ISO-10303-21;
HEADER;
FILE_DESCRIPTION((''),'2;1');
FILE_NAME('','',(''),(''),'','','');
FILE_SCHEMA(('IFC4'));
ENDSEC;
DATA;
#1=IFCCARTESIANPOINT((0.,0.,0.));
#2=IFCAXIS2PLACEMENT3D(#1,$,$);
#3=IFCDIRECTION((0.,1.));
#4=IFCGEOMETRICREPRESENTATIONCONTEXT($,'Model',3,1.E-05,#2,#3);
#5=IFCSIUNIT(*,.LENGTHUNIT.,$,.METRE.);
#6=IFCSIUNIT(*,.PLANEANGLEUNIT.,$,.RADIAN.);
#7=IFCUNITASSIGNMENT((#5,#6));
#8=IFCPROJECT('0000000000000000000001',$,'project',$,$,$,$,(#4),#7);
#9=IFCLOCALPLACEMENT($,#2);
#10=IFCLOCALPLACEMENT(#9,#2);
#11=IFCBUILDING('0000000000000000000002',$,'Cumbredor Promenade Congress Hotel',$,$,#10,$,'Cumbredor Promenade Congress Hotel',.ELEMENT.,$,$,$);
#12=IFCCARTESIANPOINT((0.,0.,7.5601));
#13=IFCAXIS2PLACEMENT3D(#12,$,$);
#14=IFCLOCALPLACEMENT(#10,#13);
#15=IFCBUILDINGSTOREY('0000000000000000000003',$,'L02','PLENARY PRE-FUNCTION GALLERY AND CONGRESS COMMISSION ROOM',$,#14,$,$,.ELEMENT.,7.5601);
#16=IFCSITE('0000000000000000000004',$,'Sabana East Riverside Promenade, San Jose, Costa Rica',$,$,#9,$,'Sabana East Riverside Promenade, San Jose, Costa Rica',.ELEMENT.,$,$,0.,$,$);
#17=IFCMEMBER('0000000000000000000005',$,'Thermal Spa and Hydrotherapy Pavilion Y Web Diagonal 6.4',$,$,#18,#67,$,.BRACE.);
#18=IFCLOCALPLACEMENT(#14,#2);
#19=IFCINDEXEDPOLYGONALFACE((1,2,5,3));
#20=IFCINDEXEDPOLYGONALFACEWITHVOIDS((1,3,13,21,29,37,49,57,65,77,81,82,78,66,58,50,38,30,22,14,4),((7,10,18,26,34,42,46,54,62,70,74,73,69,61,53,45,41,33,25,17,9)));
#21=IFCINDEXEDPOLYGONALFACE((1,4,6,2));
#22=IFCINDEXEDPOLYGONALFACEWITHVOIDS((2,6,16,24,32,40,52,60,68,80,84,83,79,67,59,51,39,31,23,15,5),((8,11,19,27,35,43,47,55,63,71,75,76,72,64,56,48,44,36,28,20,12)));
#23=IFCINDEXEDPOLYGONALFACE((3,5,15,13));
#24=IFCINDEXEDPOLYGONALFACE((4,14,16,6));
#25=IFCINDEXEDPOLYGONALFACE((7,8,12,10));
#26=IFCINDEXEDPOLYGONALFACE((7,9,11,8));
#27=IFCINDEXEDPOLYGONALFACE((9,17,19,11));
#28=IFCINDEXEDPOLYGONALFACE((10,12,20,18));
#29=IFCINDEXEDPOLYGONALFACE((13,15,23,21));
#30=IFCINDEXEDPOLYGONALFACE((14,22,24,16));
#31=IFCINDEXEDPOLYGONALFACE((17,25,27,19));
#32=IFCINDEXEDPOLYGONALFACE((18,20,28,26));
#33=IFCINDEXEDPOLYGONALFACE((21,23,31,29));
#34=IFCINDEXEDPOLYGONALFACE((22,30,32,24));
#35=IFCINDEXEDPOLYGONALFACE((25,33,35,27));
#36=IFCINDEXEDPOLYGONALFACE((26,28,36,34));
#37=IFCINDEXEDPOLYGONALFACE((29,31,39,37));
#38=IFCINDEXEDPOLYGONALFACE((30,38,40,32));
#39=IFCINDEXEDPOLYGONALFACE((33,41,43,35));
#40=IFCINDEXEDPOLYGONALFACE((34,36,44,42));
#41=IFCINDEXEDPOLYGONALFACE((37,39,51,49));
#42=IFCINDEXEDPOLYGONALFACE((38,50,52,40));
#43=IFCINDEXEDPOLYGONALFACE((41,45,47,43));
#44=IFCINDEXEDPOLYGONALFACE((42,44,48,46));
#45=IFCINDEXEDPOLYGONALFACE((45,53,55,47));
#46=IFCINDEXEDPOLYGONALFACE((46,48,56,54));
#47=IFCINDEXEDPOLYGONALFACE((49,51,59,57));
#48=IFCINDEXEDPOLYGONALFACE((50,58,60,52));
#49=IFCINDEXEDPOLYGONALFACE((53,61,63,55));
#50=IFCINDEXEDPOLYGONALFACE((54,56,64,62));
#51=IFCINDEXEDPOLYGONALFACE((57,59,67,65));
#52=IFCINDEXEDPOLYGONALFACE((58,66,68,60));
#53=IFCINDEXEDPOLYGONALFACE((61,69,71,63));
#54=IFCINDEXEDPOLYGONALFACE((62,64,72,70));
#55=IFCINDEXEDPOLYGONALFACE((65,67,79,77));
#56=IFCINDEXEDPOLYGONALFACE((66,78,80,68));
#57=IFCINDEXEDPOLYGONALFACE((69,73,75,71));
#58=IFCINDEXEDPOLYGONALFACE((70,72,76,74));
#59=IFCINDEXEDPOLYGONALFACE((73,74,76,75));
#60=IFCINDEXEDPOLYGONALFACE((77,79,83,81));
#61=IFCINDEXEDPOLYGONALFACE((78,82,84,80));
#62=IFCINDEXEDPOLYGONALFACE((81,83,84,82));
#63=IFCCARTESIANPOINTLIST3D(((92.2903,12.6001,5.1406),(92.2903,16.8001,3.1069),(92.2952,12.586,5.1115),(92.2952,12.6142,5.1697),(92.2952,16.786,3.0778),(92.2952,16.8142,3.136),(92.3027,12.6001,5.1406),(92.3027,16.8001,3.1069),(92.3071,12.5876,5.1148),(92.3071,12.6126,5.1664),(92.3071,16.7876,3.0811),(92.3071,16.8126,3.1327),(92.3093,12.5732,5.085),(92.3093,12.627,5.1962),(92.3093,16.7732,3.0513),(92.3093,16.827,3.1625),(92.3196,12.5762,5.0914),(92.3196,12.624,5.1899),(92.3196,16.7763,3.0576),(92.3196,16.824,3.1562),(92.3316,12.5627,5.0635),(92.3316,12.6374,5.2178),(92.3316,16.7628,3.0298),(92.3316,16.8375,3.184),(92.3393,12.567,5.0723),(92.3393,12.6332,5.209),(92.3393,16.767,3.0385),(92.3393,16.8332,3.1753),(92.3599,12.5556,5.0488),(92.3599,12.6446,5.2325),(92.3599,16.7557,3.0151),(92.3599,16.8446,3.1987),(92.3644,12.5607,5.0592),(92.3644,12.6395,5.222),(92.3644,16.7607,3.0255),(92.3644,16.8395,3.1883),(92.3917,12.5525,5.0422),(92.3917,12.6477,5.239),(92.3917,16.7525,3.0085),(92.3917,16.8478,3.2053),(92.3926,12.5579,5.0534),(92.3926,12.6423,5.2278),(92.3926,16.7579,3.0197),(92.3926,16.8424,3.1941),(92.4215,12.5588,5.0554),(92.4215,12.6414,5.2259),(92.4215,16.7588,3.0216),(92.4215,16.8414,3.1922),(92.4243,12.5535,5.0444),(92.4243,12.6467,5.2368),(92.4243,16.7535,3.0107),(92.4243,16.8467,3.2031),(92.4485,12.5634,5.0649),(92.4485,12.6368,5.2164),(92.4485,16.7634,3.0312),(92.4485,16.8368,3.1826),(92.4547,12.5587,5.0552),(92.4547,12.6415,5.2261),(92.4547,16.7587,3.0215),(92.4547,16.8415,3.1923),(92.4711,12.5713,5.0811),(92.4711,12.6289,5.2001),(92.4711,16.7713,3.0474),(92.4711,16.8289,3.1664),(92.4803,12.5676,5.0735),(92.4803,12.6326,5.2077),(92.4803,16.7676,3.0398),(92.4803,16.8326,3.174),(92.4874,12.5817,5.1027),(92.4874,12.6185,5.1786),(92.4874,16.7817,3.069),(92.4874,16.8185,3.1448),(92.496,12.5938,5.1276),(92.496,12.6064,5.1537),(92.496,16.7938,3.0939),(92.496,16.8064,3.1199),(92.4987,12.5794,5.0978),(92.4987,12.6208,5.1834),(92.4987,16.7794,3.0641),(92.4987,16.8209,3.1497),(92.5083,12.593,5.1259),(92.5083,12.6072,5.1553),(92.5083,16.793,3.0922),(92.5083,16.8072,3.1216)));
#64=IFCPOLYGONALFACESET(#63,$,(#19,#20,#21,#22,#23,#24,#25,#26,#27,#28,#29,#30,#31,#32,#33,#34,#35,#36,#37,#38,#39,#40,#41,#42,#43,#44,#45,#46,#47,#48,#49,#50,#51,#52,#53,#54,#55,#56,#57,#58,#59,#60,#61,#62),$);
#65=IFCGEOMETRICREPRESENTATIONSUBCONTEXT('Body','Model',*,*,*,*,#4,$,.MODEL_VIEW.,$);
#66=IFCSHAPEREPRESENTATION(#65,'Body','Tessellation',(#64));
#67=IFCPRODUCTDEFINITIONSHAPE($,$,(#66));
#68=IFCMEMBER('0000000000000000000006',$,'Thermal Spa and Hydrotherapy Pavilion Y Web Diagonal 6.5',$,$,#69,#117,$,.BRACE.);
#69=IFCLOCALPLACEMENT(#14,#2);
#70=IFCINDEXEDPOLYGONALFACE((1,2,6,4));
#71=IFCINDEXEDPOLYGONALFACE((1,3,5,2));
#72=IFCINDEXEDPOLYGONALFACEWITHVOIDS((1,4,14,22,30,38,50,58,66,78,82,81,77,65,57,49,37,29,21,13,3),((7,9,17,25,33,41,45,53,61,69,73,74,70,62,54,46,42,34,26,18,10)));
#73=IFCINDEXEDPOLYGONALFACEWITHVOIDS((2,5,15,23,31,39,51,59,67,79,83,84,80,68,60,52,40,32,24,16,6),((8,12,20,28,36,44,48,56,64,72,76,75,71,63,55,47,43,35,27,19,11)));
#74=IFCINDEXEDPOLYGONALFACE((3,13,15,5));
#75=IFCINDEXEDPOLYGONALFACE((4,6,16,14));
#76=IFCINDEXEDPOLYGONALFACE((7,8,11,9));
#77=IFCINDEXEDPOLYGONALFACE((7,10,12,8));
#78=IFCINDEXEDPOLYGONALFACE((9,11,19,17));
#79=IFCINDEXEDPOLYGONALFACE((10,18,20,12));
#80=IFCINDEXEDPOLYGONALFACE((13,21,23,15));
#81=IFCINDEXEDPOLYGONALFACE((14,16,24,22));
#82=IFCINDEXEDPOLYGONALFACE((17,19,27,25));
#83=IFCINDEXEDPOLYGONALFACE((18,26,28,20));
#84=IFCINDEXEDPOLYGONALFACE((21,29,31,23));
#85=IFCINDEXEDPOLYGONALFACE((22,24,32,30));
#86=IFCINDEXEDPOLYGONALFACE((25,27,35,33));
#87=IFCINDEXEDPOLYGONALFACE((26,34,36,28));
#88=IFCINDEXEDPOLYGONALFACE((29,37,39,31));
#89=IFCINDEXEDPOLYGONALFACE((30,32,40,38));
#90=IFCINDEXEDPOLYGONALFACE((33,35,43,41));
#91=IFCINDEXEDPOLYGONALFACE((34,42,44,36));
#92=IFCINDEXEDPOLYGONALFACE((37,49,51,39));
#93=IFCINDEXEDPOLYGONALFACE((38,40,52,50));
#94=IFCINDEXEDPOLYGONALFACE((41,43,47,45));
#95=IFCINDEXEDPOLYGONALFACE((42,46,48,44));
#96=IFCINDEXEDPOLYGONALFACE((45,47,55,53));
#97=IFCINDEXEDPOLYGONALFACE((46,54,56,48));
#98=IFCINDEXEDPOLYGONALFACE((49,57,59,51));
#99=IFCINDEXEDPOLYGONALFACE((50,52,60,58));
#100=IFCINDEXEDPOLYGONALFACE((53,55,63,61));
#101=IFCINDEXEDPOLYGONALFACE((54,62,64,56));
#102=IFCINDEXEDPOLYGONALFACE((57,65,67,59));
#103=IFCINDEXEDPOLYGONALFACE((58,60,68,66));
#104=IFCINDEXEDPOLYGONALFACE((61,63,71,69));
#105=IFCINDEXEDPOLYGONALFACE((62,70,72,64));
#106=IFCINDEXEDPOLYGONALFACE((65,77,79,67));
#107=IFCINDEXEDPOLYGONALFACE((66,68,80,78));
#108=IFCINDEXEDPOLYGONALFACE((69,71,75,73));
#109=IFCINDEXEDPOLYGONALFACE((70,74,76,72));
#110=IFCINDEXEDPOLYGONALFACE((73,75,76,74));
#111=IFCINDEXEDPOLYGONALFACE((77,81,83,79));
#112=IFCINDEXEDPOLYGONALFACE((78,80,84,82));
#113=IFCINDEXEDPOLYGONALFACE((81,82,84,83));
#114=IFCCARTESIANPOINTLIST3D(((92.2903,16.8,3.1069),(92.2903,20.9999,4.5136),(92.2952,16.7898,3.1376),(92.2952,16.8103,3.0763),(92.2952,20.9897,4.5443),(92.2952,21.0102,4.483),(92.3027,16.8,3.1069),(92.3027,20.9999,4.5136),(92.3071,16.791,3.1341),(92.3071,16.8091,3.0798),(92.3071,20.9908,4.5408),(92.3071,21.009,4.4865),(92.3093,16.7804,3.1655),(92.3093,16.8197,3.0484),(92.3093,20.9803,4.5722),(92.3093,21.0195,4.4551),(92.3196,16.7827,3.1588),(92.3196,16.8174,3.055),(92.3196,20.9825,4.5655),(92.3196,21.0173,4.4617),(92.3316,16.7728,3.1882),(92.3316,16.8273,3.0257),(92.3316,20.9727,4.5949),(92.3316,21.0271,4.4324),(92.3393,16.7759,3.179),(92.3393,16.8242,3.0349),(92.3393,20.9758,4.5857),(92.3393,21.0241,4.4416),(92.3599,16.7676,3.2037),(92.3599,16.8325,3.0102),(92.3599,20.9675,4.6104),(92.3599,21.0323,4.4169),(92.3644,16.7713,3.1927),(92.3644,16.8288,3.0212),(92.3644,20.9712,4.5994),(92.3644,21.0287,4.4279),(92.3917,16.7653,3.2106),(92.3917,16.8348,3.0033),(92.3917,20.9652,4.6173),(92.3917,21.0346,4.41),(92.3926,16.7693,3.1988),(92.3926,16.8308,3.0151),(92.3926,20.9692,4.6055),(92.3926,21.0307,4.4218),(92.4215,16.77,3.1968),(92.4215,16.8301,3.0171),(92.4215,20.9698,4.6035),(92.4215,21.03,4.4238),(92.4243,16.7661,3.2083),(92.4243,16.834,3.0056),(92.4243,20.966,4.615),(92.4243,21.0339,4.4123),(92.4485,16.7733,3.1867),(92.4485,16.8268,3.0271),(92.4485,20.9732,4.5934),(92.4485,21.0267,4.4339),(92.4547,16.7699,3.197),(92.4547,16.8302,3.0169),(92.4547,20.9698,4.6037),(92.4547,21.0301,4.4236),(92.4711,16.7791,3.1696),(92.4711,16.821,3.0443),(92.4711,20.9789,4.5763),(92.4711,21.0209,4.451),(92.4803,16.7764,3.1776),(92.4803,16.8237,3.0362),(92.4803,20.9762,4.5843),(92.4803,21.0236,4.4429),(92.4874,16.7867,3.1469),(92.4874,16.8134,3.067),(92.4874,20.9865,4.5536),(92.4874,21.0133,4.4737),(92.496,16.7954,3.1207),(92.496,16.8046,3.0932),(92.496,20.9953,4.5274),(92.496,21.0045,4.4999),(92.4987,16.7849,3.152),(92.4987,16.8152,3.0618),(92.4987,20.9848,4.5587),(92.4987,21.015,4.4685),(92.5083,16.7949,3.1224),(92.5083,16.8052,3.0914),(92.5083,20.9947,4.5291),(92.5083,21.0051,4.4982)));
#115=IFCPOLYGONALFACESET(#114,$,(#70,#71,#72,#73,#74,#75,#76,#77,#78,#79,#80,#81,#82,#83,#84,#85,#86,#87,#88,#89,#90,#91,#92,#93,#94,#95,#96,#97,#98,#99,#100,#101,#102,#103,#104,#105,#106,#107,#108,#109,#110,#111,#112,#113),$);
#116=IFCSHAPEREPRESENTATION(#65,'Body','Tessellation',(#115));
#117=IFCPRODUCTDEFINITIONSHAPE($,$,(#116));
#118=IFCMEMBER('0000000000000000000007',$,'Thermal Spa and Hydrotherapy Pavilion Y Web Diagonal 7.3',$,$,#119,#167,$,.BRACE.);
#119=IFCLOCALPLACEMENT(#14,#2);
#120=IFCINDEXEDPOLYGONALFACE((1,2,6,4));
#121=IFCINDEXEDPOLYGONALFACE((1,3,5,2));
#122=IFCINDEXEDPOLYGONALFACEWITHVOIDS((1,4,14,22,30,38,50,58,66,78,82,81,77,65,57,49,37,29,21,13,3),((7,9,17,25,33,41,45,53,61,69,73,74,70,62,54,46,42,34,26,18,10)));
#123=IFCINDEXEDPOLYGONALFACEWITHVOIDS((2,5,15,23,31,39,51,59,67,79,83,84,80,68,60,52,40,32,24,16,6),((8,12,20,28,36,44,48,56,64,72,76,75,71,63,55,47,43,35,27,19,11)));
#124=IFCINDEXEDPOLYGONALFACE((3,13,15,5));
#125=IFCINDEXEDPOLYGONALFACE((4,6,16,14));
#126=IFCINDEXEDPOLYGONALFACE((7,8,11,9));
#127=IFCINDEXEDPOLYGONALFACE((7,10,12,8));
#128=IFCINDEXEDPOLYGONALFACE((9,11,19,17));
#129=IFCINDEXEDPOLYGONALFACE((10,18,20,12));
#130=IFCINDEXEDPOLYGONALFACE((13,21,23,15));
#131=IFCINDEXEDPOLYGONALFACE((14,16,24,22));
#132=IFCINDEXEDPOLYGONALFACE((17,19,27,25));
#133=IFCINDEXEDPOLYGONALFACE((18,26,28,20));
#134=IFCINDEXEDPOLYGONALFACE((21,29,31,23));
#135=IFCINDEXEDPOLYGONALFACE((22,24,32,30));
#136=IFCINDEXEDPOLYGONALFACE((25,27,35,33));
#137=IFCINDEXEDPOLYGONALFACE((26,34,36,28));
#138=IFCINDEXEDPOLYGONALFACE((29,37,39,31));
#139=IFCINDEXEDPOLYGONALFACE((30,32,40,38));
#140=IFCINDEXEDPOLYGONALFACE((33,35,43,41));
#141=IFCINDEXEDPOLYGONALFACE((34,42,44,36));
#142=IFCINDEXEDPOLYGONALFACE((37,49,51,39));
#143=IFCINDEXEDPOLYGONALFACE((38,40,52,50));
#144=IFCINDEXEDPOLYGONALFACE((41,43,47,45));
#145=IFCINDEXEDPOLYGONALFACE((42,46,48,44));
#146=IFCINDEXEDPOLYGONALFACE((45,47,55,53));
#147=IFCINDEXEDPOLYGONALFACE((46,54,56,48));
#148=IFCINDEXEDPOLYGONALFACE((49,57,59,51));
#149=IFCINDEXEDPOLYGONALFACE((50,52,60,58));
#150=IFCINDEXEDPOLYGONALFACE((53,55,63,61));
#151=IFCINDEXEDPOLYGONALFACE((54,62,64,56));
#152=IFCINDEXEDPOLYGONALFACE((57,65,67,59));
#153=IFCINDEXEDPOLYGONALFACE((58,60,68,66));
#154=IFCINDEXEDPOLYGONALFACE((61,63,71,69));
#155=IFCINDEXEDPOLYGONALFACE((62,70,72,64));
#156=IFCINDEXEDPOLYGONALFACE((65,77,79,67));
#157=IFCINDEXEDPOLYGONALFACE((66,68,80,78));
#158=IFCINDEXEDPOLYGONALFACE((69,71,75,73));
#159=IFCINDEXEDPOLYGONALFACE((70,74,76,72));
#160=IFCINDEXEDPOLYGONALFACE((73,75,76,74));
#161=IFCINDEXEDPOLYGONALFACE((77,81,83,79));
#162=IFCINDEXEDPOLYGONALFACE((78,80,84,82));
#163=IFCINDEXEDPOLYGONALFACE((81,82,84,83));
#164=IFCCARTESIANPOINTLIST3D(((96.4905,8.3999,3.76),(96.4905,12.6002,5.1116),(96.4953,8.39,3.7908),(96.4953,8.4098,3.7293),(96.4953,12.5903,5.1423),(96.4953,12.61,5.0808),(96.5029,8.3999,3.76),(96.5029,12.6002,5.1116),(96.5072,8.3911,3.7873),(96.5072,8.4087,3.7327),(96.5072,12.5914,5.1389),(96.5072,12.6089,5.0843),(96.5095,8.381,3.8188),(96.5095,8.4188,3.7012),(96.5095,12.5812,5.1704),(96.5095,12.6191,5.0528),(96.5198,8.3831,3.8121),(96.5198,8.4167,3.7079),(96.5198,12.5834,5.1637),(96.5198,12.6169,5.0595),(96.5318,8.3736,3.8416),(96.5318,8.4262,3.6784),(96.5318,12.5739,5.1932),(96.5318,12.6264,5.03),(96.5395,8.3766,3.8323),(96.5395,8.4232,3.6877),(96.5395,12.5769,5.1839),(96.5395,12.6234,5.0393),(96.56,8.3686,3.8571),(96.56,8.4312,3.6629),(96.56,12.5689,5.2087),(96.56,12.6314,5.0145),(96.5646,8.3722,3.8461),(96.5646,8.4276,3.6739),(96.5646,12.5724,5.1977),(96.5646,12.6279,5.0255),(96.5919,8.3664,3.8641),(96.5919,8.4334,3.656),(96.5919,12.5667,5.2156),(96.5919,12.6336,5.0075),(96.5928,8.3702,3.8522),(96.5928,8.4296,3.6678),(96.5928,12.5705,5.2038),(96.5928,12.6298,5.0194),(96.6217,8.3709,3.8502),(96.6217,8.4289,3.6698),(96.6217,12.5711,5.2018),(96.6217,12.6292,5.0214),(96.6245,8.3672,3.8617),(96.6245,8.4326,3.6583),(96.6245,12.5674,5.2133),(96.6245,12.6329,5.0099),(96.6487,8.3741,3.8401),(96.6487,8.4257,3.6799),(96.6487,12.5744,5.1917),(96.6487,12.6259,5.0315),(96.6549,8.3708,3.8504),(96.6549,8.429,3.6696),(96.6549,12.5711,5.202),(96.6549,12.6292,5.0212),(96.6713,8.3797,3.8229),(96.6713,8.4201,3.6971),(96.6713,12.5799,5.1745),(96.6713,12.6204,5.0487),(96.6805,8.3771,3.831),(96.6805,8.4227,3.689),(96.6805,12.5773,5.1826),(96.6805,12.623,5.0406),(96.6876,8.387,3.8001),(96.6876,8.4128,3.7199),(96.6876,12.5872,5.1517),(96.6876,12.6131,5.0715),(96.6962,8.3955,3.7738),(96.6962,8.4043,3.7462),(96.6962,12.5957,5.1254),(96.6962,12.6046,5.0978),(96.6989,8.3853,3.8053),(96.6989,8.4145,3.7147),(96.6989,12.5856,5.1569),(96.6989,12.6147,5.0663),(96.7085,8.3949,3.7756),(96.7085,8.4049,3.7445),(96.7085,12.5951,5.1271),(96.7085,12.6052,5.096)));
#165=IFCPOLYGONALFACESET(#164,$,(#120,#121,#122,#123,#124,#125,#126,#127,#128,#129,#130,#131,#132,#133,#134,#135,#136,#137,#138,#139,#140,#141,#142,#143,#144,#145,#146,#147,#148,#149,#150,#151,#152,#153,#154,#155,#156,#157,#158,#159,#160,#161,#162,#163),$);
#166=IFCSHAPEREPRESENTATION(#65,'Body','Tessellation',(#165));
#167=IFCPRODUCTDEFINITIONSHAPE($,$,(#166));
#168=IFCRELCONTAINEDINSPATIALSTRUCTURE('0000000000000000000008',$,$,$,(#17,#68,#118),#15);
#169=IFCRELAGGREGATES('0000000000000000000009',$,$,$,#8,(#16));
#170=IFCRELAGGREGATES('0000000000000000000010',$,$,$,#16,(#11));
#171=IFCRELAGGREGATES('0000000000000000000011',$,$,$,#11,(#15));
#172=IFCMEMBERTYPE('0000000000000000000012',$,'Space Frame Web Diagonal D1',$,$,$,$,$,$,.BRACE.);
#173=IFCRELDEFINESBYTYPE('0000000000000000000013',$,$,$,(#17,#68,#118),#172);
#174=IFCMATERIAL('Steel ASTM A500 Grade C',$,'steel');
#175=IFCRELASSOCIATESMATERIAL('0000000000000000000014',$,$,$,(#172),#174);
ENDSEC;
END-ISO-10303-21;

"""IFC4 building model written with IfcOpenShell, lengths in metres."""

from ifc_helpers import new_model, si_unit, direction, frame, origin, origin_2d, place, context, subcontext, project, spatial, hollow_circle, extrude, material, material_profile, profile_set, type_object, element, save


model = new_model("IFC4")

# Units and contexts
model_context = context("Model", 3, precision=1e-05, world=origin(), true_north=direction((0.0, 1.0)))
body_context = subcontext(model_context, "Body", "Model", "MODEL_VIEW")
ifc_project = project(units=[si_unit("LENGTHUNIT", "METRE"), si_unit("PLANEANGLEUNIT", "RADIAN")], contexts=[model_context])

# Site, building, storey
site_placement = place(None, origin())
site = spatial("IfcSite", under=ifc_project, at=site_placement, Name="Sabana East Riverside Promenade, San Jose, Costa Rica", LongName="Sabana East Riverside Promenade, San Jose, Costa Rica", CompositionType="ELEMENT", RefElevation=0.0)
building_placement = place(site_placement, origin())
building = spatial("IfcBuilding", under=site, at=building_placement, Name="Cumbredor Promenade Congress Hotel", LongName="Cumbredor Promenade Congress Hotel", CompositionType="ELEMENT")
storey_placement = place(building_placement, frame((0.0, 0.0, 7.5601)))
storey = spatial("IfcBuildingStorey", under=building, at=storey_placement, Name="L02", Description="PLENARY PRE-FUNCTION GALLERY AND CONGRESS COMMISSION ROOM", CompositionType="ELEMENT", Elevation=7.5601)

# Members
ifc_material_1 = material(Name="Steel ASTM A500 Grade C", Category="steel")
ifc_material_profile_1 = material_profile(ifc_material_1, hollow_circle(Radius=0.1096, WallThickness=0.0125, at=origin_2d()), Name="CHS 219.1x12.5")
ifc_profile_set_1 = profile_set([ifc_material_profile_1], Name="Steel ASTM A500 Grade C")
member_type_1 = type_object("IfcMemberType", Name="Space Frame Web Diagonal D1", PredefinedType="BRACE", material=ifc_profile_set_1)
member_1_placement = place(storey_placement, frame((92.3999, 12.6001, 5.1406), z_axis=(0.0, 0.900037, -0.435814), x_axis=(-1.0, 0.0, 0.0)))
element("IfcMember", 1, at=member_1_placement, inside=storey, type_object=member_type_1, Name="Thermal Spa and Hydrotherapy Pavilion Y Web Diagonal 6.4", PredefinedType="BRACE", context=body_context, shape_type="SweptSolid", body=[
    extrude(hollow_circle(Radius=0.1096, WallThickness=0.0125, at=origin_2d()), origin(), (0.0, 0.0, 1.0), 4.6665),
])
member_2_placement = place(storey_placement, frame((92.3999, 16.8, 3.1069), z_axis=(0.0, 0.948225, 0.3176), x_axis=(-1.0, 0.0, 0.0)))
element("IfcMember", 2, at=member_2_placement, inside=storey, type_object=member_type_1, Name="Thermal Spa and Hydrotherapy Pavilion Y Web Diagonal 6.5", PredefinedType="BRACE", context=body_context, shape_type="SweptSolid", body=[
    extrude(hollow_circle(Radius=0.1096, WallThickness=0.0125, at=origin_2d()), origin(), (0.0, 0.0, 1.0), 4.4292),
])
member_3_placement = place(storey_placement, frame((96.6001, 8.3999, 3.76), z_axis=(0.0, 0.951929, 0.306317), x_axis=(-1.0, 0.0, 0.0)))
element("IfcMember", 3, at=member_3_placement, inside=storey, type_object=member_type_1, Name="Thermal Spa and Hydrotherapy Pavilion Y Web Diagonal 7.3", PredefinedType="BRACE", context=body_context, shape_type="SweptSolid", body=[
    extrude(hollow_circle(Radius=0.1096, WallThickness=0.0125, at=origin_2d()), origin(), (0.0, 0.0, 1.0), 4.4124),
])

save(model, "model.ifc")
